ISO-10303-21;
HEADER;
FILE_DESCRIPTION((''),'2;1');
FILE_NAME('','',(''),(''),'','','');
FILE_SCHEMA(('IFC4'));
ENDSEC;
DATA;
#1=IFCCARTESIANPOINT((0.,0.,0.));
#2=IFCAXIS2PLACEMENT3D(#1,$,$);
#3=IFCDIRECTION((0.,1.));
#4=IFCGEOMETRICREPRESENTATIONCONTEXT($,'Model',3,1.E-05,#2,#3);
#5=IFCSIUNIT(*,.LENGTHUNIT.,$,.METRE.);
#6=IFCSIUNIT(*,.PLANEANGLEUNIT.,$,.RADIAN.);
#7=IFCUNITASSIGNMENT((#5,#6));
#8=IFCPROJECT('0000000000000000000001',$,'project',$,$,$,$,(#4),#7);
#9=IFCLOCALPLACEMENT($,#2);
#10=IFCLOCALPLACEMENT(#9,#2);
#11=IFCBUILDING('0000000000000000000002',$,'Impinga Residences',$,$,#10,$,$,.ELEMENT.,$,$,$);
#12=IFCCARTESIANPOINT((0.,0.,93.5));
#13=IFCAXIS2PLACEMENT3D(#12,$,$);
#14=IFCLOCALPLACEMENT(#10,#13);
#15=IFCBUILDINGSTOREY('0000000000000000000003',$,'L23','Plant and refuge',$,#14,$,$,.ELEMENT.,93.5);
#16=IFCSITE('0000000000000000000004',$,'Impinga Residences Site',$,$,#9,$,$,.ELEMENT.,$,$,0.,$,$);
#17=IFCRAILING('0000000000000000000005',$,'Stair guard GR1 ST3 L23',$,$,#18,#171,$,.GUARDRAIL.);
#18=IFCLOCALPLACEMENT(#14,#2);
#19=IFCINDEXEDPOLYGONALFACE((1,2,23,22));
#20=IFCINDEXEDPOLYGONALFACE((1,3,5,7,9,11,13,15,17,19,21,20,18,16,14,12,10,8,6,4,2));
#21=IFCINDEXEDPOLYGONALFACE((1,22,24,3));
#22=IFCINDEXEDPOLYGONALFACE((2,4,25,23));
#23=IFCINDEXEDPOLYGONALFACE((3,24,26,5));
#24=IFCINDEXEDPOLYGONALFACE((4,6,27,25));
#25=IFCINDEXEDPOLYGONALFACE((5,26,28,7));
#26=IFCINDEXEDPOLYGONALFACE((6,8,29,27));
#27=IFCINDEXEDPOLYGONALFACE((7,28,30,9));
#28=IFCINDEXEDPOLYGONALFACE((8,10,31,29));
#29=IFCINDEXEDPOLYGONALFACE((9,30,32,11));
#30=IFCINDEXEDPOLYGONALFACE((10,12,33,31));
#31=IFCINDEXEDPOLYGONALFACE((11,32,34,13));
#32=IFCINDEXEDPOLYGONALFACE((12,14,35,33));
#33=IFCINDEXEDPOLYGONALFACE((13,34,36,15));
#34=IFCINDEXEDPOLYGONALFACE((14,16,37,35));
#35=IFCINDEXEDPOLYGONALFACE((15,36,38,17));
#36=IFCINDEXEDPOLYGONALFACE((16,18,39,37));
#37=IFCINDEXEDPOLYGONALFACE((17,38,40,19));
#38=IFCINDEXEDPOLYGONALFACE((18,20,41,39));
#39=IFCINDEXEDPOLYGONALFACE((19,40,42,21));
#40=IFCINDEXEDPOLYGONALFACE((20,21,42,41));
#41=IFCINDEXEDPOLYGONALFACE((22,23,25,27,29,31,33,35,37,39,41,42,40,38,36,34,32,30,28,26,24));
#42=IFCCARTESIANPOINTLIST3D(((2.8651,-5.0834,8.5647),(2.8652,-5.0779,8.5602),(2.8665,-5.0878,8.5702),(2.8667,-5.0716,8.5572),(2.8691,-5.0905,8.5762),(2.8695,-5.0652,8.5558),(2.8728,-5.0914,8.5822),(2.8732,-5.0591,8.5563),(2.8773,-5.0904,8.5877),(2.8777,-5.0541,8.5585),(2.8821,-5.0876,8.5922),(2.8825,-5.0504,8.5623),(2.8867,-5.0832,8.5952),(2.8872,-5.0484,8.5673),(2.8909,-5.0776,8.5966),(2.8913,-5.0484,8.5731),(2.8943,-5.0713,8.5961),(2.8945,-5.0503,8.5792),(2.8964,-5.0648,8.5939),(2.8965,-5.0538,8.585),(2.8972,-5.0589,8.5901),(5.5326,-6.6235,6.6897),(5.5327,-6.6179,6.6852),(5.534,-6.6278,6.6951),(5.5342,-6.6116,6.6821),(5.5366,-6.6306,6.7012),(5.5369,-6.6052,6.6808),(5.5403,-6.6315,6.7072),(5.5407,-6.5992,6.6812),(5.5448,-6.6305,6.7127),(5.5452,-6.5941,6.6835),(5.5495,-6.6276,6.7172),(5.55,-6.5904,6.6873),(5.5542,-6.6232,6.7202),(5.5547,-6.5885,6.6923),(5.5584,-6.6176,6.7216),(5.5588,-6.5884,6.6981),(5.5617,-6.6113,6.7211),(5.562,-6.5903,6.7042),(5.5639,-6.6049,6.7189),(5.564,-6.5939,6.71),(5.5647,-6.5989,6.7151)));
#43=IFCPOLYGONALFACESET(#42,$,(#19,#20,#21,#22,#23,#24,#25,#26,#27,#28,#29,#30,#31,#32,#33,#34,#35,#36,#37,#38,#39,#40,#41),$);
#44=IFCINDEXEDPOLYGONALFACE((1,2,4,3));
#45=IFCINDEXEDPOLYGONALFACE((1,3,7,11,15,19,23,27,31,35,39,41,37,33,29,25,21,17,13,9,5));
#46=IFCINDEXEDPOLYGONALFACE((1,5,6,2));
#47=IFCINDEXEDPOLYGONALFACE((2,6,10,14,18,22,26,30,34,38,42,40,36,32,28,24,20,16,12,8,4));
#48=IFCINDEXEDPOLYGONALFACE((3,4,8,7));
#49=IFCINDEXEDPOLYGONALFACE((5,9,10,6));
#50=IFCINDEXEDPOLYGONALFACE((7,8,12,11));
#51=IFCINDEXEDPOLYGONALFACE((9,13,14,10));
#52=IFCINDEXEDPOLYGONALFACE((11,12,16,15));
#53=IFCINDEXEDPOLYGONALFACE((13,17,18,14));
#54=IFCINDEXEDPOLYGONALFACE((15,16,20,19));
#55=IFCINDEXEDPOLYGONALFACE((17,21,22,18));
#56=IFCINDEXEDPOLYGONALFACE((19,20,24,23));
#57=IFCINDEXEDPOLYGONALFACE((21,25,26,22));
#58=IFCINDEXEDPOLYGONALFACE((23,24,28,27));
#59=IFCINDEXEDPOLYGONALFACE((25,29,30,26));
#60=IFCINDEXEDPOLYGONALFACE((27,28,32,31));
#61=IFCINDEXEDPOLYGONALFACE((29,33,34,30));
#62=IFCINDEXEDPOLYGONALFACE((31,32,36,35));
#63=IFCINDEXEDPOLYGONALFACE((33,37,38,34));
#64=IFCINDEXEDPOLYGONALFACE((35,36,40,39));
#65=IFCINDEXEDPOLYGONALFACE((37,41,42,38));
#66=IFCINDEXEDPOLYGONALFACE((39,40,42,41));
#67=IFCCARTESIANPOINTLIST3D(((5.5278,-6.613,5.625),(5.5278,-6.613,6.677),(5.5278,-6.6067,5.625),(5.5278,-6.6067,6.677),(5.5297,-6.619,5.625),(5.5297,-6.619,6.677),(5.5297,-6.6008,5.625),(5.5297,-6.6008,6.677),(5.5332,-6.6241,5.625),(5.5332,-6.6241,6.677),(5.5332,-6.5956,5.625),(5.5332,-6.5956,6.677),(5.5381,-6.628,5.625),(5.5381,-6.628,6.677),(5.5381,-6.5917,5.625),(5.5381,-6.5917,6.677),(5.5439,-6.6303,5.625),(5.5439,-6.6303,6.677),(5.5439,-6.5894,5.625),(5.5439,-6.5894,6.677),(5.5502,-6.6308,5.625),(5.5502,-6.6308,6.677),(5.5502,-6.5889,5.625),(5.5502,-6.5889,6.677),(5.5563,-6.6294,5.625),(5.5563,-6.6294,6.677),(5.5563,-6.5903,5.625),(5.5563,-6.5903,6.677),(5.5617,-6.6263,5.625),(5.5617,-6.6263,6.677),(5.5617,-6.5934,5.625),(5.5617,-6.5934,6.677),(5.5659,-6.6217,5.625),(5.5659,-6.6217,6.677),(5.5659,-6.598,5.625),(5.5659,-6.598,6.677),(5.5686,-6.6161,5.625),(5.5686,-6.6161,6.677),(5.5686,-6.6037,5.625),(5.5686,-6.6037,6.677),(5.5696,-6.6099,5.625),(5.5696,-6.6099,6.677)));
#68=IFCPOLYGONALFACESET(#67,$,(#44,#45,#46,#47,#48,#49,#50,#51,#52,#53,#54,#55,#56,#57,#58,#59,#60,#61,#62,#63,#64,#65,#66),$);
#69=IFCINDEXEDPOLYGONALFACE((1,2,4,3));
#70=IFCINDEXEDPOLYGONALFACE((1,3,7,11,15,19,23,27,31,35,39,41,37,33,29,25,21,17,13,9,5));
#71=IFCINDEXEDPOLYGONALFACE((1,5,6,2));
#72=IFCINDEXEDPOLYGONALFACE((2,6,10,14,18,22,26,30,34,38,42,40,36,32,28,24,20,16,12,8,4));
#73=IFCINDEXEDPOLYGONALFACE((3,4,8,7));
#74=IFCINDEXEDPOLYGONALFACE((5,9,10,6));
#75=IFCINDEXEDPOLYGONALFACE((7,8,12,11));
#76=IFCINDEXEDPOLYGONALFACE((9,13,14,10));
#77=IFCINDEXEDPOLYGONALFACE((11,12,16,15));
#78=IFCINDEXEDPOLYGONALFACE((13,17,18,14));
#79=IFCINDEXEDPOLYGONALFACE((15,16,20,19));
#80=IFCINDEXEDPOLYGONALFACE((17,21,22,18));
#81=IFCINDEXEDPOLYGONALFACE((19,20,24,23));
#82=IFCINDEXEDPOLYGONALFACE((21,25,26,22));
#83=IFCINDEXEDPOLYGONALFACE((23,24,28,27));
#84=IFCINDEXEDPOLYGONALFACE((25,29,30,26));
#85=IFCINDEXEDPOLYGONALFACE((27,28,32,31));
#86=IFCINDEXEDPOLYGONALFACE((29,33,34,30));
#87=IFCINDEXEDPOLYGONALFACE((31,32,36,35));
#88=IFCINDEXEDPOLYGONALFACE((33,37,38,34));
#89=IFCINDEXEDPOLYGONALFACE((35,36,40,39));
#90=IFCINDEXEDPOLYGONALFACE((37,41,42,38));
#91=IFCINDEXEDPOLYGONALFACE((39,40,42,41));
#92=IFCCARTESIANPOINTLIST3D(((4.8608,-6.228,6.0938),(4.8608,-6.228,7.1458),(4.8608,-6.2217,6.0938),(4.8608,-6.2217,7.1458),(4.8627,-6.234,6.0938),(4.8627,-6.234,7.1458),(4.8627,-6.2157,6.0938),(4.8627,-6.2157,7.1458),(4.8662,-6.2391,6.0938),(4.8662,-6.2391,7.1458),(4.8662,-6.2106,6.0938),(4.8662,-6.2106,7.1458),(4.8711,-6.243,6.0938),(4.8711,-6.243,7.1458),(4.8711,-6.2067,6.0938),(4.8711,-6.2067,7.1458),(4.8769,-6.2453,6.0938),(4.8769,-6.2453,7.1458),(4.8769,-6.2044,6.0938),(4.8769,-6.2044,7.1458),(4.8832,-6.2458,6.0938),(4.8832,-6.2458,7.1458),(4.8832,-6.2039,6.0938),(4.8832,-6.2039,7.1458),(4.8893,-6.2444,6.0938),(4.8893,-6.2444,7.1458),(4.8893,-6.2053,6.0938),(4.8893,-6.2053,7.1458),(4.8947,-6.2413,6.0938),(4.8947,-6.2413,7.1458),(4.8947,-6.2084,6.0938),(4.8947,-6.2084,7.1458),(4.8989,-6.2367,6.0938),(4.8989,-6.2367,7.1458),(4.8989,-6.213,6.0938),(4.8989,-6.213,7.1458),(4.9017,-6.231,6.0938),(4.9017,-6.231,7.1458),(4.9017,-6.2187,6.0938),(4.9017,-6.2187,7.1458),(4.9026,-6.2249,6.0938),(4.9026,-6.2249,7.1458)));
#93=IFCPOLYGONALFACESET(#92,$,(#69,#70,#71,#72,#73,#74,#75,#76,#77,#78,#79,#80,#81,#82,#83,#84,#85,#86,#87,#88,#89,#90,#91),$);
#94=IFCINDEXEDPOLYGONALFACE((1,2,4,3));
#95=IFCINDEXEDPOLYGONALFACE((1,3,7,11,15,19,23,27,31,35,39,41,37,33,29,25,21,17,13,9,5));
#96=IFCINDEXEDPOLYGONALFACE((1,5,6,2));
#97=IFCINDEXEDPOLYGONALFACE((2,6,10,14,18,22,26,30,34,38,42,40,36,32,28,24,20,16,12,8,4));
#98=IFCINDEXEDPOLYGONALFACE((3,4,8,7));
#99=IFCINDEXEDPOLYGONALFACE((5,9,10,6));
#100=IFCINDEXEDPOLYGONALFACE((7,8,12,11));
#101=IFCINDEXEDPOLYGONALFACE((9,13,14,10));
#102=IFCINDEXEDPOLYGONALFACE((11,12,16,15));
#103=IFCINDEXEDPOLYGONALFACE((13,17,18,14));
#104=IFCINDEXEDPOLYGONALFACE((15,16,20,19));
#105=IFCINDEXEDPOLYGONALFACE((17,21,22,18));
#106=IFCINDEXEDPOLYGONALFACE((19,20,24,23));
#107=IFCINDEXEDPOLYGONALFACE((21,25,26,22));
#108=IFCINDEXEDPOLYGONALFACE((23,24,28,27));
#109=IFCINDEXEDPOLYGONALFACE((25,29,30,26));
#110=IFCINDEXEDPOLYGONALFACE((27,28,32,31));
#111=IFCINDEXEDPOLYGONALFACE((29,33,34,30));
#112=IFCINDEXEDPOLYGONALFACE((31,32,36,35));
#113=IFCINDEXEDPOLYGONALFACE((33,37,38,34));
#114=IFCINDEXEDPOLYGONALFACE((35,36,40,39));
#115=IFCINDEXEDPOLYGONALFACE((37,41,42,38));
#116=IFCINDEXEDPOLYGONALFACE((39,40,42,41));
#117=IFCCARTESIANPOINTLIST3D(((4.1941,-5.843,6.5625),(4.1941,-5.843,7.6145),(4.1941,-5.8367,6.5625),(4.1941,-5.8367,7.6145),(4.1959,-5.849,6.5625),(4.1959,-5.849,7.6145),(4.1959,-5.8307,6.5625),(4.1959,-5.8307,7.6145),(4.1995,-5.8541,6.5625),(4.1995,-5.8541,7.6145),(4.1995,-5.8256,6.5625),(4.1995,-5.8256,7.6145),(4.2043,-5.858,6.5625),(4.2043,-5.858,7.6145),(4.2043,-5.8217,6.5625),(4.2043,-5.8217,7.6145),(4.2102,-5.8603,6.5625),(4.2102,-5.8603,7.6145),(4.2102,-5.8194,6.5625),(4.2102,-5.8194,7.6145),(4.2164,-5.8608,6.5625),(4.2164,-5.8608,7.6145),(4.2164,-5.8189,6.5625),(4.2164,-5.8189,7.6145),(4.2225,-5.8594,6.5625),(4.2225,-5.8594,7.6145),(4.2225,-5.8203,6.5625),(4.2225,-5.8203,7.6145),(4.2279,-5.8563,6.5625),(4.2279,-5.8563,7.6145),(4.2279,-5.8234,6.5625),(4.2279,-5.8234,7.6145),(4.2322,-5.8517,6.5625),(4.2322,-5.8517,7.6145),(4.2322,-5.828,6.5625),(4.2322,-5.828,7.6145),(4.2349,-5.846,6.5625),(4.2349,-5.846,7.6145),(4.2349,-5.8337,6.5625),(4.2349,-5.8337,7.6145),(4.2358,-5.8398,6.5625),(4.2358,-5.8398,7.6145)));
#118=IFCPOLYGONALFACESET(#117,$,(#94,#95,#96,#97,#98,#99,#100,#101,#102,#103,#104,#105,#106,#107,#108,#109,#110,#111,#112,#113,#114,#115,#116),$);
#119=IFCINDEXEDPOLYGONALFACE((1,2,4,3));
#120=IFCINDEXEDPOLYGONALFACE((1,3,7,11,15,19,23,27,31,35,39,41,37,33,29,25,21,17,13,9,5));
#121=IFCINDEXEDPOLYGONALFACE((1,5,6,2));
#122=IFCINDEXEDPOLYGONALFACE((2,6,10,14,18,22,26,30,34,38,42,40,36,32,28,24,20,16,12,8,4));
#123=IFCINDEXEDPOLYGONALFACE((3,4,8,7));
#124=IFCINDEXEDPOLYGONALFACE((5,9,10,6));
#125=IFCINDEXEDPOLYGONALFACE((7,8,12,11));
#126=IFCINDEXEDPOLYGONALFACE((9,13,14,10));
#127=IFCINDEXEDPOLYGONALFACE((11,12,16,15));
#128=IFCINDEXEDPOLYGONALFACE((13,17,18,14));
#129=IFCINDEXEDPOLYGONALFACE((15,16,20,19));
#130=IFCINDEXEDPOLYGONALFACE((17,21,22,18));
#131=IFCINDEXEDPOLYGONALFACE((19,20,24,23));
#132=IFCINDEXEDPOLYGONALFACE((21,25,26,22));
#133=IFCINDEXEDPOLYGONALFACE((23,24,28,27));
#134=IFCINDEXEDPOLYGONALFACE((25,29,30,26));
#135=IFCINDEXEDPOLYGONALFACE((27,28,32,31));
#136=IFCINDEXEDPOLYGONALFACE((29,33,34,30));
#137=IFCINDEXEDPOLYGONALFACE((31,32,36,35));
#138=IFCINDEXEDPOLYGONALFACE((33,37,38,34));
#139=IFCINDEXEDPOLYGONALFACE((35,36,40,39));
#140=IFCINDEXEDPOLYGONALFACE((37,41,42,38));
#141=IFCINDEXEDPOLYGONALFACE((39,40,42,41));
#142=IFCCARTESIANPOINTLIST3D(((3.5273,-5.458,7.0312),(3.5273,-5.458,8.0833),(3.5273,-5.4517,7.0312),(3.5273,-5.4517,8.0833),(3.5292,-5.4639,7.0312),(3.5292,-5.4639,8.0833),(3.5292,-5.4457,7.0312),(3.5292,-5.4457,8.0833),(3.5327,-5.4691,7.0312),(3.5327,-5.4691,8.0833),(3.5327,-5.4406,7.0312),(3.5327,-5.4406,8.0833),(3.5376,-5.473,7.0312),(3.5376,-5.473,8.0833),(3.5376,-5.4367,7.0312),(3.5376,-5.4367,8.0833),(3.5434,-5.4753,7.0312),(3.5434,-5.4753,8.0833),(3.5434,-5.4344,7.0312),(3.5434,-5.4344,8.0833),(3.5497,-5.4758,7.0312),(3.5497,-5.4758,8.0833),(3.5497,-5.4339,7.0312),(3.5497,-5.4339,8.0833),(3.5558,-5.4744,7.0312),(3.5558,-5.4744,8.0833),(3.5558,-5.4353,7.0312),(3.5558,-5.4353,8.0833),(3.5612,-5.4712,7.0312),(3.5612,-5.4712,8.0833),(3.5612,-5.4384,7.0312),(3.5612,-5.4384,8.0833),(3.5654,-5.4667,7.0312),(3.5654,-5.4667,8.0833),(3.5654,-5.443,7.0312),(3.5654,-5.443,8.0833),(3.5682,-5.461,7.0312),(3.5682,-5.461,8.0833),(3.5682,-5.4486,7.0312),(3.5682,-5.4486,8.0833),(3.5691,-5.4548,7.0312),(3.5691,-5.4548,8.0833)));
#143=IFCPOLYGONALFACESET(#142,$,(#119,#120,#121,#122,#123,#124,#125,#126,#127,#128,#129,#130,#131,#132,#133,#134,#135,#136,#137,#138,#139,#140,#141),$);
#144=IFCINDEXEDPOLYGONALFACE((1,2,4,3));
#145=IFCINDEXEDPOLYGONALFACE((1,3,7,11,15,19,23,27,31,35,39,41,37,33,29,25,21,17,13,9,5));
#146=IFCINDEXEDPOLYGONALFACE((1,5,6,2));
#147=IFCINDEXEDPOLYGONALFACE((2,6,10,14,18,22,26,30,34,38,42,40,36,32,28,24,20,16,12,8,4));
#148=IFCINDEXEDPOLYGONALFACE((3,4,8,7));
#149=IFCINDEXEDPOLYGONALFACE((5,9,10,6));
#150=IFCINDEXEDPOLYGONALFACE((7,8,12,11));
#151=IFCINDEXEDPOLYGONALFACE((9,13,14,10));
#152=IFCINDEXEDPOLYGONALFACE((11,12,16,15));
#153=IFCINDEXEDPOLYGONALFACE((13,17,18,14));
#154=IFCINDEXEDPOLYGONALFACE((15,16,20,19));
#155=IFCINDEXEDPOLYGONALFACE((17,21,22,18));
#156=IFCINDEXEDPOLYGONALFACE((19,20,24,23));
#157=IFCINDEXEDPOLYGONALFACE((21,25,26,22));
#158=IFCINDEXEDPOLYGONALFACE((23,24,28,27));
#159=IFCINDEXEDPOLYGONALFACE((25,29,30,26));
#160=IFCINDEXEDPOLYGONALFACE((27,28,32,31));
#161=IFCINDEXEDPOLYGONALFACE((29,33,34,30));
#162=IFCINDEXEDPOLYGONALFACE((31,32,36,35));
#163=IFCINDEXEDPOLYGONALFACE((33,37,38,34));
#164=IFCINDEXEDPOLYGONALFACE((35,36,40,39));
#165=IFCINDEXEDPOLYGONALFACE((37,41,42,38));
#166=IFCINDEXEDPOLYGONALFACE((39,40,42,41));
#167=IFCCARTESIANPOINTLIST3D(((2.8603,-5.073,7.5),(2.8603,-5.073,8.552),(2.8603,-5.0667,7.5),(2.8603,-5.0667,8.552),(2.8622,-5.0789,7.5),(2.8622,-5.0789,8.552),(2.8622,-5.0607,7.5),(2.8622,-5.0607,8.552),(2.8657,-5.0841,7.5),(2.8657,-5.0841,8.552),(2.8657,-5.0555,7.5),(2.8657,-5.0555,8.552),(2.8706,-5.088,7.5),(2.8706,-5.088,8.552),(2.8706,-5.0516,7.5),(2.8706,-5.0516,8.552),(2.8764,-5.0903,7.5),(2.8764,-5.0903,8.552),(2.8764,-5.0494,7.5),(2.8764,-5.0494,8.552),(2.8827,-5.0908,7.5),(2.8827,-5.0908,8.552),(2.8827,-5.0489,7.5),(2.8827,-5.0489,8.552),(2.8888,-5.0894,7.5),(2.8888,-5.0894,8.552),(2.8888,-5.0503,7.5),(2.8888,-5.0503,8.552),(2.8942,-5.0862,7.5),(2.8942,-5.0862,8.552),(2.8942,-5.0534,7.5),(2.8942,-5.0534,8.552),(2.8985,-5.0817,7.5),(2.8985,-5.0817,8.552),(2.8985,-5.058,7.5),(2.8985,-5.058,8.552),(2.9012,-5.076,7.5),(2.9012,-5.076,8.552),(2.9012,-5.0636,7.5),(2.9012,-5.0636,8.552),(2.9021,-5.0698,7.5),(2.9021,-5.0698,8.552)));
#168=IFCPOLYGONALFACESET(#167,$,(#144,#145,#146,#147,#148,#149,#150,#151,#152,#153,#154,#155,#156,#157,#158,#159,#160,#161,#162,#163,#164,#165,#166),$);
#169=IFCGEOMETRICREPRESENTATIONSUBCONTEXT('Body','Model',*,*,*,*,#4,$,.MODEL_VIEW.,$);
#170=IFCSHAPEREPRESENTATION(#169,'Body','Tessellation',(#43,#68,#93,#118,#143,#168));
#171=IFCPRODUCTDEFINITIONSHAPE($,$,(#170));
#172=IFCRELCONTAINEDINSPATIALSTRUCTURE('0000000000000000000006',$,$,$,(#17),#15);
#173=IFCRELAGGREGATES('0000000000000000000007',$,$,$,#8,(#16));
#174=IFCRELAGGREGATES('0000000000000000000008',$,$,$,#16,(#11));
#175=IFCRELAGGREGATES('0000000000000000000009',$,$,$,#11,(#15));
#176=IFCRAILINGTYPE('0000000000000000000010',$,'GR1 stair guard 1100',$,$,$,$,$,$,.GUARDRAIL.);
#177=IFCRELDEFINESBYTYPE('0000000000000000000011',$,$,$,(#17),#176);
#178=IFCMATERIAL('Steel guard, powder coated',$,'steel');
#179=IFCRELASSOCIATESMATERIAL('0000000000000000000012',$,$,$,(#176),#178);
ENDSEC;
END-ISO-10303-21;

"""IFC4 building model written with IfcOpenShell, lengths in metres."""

from ifc_helpers import new_model, si_unit, direction, frame, origin, origin_2d, place, context, subcontext, project, spatial, circle, extrude, material, type_object, element, save


model = new_model("IFC4")

# Units and contexts
model_context = context("Model", 3, precision=1e-05, world=origin(), true_north=direction((0.0, 1.0)))
body_context = subcontext(model_context, "Body", "Model", "MODEL_VIEW")
ifc_project = project(units=[si_unit("LENGTHUNIT", "METRE"), si_unit("PLANEANGLEUNIT", "RADIAN")], contexts=[model_context])

# Site, building, storey
site_placement = place(None, origin())
site = spatial("IfcSite", under=ifc_project, at=site_placement, Name="Impinga Residences Site", CompositionType="ELEMENT", RefElevation=0.0)
building_placement = place(site_placement, origin())
building = spatial("IfcBuilding", under=site, at=building_placement, Name="Impinga Residences", CompositionType="ELEMENT")
storey_placement = place(building_placement, frame((0.0, 0.0, 93.5)))
storey = spatial("IfcBuildingStorey", under=building, at=storey_placement, Name="L23", Description="Plant and refuge", CompositionType="ELEMENT", Elevation=93.5)

# Railing
ifc_material_1 = material(Name="Steel guard, powder coated", Category="steel")
railing_type_1 = type_object("IfcRailingType", Name="GR1 stair guard 1100", PredefinedType="GUARDRAIL", material=ifc_material_1)
for number, where, name in (
    (1, (5.5486, -6.6099, 5.625), "Stair guard GR1 ST3 L23"),
):
    element("IfcRailing", number, at=place(storey_placement, frame(where)), inside=storey, type_object=railing_type_1, Name=name, PredefinedType="GUARDRAIL", context=body_context, shape_type="SweptSolid", body=[
        extrude(circle(Radius=0.0239, at=origin_2d()), frame((0.0, 0.0, 1.0762), z_axis=(-0.739746, 0.427084, 0.519975), x_axis=(-0.499992, -0.86603, 0.0)), (0.0, 0.0, 1.0), 3.606),
        extrude(circle(Radius=0.021, at=origin_2d()), origin(), (0.0, 0.0, 1.0), 1.052),
        extrude(circle(Radius=0.021, at=origin_2d()), frame((-0.667, 0.385, 0.4688)), (0.0, 0.0, 1.0), 1.052),
        extrude(circle(Radius=0.021, at=origin_2d()), frame((-1.3337, 0.77, 0.9375)), (0.0, 0.0, 1.0), 1.052),
        extrude(circle(Radius=0.021, at=origin_2d()), frame((-2.0005, 1.155, 1.4062)), (0.0, 0.0, 1.0), 1.052),
        extrude(circle(Radius=0.021, at=origin_2d()), frame((-2.6675, 1.54, 1.875)), (0.0, 0.0, 1.0), 1.052),
    ])

save(model, "model.ifc")
